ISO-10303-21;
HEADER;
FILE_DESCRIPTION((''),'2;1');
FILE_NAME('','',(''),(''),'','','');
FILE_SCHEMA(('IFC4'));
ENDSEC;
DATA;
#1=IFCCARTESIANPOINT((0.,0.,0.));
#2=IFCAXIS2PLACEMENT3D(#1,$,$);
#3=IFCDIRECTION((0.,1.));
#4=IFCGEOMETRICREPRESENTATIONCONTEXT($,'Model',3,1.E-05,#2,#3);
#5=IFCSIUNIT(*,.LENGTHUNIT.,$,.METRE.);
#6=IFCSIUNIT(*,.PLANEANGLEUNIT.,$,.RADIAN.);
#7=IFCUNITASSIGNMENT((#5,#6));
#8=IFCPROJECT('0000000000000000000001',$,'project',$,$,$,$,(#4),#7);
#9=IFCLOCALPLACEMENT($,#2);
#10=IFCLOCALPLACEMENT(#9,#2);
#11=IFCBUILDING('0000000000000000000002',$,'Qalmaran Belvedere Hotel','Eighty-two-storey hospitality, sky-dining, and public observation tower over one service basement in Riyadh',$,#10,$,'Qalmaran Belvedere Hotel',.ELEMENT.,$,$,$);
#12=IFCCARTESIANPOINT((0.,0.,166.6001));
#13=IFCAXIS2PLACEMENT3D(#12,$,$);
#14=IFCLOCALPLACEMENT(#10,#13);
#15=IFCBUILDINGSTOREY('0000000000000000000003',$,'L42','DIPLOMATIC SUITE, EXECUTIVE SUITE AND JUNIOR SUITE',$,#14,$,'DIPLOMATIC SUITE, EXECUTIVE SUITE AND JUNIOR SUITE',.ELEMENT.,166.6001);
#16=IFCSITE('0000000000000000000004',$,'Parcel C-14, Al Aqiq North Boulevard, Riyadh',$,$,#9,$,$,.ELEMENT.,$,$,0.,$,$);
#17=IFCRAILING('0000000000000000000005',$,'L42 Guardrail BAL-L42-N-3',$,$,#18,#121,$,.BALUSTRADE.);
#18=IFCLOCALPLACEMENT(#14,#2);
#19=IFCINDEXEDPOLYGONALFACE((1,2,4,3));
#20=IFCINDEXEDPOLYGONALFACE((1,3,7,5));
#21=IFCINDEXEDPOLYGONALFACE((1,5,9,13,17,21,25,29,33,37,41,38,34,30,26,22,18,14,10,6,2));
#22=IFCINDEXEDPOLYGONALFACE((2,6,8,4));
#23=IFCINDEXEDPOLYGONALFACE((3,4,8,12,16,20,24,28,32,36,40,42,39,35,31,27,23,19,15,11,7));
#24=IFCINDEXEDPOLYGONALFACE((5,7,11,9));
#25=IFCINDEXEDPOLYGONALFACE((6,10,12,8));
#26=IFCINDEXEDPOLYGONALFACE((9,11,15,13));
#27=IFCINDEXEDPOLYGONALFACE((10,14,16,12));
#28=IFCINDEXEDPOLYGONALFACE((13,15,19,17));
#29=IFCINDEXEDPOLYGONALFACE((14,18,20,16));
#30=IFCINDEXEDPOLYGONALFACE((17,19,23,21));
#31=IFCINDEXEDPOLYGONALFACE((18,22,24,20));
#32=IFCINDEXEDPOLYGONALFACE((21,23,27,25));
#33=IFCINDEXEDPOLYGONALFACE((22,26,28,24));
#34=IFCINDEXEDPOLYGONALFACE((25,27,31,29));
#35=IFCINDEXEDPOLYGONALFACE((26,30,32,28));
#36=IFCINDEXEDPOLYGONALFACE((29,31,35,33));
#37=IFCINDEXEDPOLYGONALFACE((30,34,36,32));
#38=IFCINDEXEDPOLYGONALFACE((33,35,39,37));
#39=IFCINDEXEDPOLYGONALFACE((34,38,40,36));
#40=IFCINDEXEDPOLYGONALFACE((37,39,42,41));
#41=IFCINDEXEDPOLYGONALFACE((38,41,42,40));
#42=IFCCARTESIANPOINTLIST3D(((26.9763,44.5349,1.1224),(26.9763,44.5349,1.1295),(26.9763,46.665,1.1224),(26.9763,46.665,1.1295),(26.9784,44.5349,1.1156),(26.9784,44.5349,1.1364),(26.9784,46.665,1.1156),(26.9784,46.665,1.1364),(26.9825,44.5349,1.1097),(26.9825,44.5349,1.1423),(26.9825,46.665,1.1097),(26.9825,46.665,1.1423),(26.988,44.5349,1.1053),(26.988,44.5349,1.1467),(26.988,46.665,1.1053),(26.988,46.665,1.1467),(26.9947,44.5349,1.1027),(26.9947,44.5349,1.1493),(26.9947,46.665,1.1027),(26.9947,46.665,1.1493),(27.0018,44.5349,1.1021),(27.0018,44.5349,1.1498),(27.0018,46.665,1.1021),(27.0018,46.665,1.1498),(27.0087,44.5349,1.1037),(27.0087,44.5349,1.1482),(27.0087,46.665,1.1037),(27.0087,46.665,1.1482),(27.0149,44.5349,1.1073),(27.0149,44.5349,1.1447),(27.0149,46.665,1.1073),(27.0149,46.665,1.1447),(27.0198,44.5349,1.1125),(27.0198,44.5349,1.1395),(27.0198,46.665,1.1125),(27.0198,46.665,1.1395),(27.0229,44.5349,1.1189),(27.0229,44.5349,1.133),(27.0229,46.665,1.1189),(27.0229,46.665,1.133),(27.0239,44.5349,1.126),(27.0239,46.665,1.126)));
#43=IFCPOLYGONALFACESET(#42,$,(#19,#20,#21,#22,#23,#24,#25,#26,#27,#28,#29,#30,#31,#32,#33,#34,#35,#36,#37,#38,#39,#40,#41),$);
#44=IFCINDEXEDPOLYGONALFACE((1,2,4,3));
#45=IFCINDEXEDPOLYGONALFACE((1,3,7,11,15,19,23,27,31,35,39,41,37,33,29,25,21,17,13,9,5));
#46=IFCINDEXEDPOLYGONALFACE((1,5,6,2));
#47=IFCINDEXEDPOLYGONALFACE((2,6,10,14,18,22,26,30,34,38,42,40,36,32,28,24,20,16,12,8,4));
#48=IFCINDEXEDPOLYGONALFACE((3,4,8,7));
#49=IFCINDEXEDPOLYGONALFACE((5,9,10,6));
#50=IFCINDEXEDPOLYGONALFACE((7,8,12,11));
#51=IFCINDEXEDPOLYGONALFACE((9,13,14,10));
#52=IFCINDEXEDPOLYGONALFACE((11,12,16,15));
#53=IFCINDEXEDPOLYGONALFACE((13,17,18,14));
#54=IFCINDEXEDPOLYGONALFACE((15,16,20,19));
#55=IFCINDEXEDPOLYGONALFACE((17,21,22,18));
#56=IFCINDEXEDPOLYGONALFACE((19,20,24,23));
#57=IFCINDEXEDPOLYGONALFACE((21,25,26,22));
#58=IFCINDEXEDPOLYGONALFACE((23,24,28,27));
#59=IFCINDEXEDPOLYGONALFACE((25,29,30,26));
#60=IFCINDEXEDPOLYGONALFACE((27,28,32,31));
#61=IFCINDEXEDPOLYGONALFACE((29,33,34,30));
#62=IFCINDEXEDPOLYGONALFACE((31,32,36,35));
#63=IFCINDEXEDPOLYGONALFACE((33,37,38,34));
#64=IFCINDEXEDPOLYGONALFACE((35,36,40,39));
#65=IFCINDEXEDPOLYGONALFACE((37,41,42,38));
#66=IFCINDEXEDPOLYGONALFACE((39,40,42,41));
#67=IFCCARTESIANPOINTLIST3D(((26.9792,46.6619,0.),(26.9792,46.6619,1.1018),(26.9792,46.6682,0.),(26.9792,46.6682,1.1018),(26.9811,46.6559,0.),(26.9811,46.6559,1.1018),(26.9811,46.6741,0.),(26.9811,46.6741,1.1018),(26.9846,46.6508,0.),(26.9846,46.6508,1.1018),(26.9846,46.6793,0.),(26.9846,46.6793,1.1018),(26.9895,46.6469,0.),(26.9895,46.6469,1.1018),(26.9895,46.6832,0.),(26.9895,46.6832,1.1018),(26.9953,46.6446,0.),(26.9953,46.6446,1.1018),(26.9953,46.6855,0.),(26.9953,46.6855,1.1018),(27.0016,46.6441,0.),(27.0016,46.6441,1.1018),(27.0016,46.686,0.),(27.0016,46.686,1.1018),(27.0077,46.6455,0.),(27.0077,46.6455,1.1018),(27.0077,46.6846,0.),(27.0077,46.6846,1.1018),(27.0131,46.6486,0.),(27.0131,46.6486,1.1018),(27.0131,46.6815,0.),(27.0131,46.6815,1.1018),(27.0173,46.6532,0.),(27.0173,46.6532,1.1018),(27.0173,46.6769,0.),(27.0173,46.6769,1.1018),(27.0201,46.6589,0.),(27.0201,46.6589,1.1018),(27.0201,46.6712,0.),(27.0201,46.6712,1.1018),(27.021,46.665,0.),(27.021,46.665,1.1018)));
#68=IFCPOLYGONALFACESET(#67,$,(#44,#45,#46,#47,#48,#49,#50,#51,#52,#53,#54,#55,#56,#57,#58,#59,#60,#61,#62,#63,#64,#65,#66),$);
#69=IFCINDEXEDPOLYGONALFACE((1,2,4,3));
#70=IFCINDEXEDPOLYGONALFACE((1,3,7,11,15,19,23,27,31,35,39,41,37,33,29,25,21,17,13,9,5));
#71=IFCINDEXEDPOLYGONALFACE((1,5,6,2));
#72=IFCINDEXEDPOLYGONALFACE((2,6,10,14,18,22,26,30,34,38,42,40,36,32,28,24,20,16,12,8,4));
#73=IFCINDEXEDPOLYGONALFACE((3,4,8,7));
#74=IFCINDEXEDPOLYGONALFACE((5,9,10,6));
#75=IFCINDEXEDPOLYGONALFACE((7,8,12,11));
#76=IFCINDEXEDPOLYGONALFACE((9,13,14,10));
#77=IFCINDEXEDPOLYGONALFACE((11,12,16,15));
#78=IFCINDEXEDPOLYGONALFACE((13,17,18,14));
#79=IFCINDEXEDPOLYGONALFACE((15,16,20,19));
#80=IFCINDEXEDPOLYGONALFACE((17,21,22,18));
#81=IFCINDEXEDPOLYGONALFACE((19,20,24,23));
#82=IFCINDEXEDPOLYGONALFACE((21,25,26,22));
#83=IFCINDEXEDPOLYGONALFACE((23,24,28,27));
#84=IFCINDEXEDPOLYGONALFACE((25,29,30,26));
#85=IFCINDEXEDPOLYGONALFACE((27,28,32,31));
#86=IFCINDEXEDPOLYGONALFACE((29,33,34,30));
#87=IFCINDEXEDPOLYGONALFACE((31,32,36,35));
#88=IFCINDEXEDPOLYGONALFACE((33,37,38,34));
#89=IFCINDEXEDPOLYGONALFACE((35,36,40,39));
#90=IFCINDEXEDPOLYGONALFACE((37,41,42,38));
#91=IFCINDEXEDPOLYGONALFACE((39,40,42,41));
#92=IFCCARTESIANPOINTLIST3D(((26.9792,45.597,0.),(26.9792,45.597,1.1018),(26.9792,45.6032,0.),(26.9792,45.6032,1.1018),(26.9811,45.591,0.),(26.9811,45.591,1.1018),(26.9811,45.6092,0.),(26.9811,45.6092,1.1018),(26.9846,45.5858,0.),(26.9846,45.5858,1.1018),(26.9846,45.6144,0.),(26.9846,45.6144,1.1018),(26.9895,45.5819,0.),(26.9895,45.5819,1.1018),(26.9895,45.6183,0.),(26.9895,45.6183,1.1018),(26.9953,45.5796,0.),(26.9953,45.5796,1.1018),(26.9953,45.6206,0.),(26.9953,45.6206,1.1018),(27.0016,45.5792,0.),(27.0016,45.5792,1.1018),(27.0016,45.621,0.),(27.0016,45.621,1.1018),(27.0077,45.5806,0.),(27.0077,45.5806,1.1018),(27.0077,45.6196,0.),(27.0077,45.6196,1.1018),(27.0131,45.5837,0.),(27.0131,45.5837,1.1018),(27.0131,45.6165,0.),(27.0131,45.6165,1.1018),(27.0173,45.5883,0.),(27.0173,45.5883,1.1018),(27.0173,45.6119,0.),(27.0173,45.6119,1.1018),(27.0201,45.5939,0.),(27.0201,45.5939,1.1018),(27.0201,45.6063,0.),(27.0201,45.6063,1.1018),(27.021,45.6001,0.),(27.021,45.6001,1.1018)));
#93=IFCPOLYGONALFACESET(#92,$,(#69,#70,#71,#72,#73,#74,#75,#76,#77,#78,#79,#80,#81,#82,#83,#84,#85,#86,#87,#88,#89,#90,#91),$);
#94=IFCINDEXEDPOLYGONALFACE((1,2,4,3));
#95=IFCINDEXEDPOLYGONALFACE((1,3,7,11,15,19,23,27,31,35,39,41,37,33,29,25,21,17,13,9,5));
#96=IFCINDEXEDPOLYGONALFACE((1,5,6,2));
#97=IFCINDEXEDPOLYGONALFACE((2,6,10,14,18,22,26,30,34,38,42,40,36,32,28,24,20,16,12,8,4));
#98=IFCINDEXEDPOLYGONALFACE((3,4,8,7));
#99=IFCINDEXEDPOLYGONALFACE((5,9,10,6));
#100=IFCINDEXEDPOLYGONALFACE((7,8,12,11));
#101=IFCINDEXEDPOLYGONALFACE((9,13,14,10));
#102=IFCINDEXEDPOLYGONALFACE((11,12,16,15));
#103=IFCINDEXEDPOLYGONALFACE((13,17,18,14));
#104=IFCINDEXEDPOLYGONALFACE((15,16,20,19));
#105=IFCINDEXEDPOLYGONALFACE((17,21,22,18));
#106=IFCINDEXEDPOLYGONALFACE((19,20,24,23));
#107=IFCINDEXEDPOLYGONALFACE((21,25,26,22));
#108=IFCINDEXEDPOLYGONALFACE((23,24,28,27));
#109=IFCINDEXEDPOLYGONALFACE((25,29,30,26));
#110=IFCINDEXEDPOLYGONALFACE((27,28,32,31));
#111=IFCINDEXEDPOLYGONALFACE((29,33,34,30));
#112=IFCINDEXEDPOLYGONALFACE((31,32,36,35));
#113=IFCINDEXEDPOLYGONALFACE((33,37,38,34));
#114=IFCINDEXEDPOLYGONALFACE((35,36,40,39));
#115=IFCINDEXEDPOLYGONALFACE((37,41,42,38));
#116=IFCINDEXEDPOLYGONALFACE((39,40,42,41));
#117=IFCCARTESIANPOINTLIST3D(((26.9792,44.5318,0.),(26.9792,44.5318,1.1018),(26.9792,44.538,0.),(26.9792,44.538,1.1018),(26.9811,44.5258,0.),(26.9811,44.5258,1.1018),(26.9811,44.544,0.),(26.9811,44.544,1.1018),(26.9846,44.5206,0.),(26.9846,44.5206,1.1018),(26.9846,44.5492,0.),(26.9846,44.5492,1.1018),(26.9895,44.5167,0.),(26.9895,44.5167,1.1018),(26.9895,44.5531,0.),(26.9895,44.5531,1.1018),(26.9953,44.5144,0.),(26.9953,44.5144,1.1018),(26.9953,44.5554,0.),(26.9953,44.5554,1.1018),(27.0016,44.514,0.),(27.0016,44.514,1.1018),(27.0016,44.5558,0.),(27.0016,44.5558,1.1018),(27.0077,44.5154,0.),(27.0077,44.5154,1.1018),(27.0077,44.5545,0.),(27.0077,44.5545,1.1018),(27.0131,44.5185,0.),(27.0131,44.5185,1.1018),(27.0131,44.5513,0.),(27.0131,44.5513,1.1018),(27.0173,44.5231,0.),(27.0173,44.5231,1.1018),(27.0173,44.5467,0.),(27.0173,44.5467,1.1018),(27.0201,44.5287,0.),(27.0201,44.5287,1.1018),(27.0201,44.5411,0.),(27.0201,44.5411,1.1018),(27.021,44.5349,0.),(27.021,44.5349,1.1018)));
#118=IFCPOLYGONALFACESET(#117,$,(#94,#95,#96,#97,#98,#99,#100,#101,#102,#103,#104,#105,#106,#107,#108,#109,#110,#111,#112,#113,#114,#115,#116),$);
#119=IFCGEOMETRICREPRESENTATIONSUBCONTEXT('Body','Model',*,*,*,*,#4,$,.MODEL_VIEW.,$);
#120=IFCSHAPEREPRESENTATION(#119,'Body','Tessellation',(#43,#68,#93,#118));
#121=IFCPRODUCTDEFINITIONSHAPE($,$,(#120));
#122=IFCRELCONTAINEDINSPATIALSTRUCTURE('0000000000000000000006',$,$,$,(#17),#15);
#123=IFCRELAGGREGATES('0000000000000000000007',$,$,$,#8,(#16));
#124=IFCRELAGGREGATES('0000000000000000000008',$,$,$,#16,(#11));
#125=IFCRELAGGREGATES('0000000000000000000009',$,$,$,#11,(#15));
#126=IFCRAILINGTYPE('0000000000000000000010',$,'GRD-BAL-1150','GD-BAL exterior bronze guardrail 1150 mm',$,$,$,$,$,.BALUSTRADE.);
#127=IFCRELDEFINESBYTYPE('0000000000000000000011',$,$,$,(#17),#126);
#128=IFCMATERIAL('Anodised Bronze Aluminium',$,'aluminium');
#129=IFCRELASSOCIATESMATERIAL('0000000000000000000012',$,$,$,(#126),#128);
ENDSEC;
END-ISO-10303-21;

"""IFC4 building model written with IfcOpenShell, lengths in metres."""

from ifc_helpers import new_model, si_unit, direction, frame, origin, origin_2d, place, context, subcontext, project, spatial, circle, extrude, material, type_object, element, save


model = new_model("IFC4")

# Units and contexts
model_context = context("Model", 3, precision=1e-05, world=origin(), true_north=direction((0.0, 1.0)))
body_context = subcontext(model_context, "Body", "Model", "MODEL_VIEW")
ifc_project = project(units=[si_unit("LENGTHUNIT", "METRE"), si_unit("PLANEANGLEUNIT", "RADIAN")], contexts=[model_context])

# Site, building, storey
site_placement = place(None, origin())
site = spatial("IfcSite", under=ifc_project, at=site_placement, Name="Parcel C-14, Al Aqiq North Boulevard, Riyadh", CompositionType="ELEMENT", RefElevation=0.0)
building_placement = place(site_placement, origin())
building = spatial("IfcBuilding", under=site, at=building_placement, Name="Qalmaran Belvedere Hotel", Description="Eighty-two-storey hospitality, sky-dining, and public observation tower over one service basement in Riyadh", LongName="Qalmaran Belvedere Hotel", CompositionType="ELEMENT")
storey_placement = place(building_placement, frame((0.0, 0.0, 166.6001)))
storey = spatial("IfcBuildingStorey", under=building, at=storey_placement, Name="L42", Description="DIPLOMATIC SUITE, EXECUTIVE SUITE AND JUNIOR SUITE", LongName="DIPLOMATIC SUITE, EXECUTIVE SUITE AND JUNIOR SUITE", CompositionType="ELEMENT", Elevation=166.6001)

# Shared definitions
ifc_material_1 = material(Name="Anodised Bronze Aluminium", Category="aluminium")

# Railing
railing_type = type_object("IfcRailingType", Name="GRD-BAL-1150", Description="GD-BAL exterior bronze guardrail 1150 mm", PredefinedType="BALUSTRADE", material=ifc_material_1)
railing_placement = place(storey_placement, frame((27.0, 46.665, 0.0)))
element("IfcRailing", 1, at=railing_placement, inside=storey, type_object=railing_type, Name="L42 Guardrail BAL-L42-N-3", PredefinedType="BALUSTRADE", context=body_context, shape_type="SweptSolid", body=[
    extrude(circle(Radius=0.0239, at=origin_2d()), frame((0.0, 0.0, 1.126), z_axis=(0.0, -1.0, 0.0), x_axis=(1.0, 0.0, 0.0)), (0.0, 0.0, 1.0), 2.1301),
    extrude(circle(Radius=0.021, at=origin_2d()), origin(), (0.0, 0.0, 1.0), 1.1018),
    extrude(circle(Radius=0.021, at=origin_2d()), frame((0.0, -1.0649, 0.0)), (0.0, 0.0, 1.0), 1.1018),
    extrude(circle(Radius=0.021, at=origin_2d()), frame((0.0, -2.1301, 0.0)), (0.0, 0.0, 1.0), 1.1018),
])

save(model, "model.ifc")
